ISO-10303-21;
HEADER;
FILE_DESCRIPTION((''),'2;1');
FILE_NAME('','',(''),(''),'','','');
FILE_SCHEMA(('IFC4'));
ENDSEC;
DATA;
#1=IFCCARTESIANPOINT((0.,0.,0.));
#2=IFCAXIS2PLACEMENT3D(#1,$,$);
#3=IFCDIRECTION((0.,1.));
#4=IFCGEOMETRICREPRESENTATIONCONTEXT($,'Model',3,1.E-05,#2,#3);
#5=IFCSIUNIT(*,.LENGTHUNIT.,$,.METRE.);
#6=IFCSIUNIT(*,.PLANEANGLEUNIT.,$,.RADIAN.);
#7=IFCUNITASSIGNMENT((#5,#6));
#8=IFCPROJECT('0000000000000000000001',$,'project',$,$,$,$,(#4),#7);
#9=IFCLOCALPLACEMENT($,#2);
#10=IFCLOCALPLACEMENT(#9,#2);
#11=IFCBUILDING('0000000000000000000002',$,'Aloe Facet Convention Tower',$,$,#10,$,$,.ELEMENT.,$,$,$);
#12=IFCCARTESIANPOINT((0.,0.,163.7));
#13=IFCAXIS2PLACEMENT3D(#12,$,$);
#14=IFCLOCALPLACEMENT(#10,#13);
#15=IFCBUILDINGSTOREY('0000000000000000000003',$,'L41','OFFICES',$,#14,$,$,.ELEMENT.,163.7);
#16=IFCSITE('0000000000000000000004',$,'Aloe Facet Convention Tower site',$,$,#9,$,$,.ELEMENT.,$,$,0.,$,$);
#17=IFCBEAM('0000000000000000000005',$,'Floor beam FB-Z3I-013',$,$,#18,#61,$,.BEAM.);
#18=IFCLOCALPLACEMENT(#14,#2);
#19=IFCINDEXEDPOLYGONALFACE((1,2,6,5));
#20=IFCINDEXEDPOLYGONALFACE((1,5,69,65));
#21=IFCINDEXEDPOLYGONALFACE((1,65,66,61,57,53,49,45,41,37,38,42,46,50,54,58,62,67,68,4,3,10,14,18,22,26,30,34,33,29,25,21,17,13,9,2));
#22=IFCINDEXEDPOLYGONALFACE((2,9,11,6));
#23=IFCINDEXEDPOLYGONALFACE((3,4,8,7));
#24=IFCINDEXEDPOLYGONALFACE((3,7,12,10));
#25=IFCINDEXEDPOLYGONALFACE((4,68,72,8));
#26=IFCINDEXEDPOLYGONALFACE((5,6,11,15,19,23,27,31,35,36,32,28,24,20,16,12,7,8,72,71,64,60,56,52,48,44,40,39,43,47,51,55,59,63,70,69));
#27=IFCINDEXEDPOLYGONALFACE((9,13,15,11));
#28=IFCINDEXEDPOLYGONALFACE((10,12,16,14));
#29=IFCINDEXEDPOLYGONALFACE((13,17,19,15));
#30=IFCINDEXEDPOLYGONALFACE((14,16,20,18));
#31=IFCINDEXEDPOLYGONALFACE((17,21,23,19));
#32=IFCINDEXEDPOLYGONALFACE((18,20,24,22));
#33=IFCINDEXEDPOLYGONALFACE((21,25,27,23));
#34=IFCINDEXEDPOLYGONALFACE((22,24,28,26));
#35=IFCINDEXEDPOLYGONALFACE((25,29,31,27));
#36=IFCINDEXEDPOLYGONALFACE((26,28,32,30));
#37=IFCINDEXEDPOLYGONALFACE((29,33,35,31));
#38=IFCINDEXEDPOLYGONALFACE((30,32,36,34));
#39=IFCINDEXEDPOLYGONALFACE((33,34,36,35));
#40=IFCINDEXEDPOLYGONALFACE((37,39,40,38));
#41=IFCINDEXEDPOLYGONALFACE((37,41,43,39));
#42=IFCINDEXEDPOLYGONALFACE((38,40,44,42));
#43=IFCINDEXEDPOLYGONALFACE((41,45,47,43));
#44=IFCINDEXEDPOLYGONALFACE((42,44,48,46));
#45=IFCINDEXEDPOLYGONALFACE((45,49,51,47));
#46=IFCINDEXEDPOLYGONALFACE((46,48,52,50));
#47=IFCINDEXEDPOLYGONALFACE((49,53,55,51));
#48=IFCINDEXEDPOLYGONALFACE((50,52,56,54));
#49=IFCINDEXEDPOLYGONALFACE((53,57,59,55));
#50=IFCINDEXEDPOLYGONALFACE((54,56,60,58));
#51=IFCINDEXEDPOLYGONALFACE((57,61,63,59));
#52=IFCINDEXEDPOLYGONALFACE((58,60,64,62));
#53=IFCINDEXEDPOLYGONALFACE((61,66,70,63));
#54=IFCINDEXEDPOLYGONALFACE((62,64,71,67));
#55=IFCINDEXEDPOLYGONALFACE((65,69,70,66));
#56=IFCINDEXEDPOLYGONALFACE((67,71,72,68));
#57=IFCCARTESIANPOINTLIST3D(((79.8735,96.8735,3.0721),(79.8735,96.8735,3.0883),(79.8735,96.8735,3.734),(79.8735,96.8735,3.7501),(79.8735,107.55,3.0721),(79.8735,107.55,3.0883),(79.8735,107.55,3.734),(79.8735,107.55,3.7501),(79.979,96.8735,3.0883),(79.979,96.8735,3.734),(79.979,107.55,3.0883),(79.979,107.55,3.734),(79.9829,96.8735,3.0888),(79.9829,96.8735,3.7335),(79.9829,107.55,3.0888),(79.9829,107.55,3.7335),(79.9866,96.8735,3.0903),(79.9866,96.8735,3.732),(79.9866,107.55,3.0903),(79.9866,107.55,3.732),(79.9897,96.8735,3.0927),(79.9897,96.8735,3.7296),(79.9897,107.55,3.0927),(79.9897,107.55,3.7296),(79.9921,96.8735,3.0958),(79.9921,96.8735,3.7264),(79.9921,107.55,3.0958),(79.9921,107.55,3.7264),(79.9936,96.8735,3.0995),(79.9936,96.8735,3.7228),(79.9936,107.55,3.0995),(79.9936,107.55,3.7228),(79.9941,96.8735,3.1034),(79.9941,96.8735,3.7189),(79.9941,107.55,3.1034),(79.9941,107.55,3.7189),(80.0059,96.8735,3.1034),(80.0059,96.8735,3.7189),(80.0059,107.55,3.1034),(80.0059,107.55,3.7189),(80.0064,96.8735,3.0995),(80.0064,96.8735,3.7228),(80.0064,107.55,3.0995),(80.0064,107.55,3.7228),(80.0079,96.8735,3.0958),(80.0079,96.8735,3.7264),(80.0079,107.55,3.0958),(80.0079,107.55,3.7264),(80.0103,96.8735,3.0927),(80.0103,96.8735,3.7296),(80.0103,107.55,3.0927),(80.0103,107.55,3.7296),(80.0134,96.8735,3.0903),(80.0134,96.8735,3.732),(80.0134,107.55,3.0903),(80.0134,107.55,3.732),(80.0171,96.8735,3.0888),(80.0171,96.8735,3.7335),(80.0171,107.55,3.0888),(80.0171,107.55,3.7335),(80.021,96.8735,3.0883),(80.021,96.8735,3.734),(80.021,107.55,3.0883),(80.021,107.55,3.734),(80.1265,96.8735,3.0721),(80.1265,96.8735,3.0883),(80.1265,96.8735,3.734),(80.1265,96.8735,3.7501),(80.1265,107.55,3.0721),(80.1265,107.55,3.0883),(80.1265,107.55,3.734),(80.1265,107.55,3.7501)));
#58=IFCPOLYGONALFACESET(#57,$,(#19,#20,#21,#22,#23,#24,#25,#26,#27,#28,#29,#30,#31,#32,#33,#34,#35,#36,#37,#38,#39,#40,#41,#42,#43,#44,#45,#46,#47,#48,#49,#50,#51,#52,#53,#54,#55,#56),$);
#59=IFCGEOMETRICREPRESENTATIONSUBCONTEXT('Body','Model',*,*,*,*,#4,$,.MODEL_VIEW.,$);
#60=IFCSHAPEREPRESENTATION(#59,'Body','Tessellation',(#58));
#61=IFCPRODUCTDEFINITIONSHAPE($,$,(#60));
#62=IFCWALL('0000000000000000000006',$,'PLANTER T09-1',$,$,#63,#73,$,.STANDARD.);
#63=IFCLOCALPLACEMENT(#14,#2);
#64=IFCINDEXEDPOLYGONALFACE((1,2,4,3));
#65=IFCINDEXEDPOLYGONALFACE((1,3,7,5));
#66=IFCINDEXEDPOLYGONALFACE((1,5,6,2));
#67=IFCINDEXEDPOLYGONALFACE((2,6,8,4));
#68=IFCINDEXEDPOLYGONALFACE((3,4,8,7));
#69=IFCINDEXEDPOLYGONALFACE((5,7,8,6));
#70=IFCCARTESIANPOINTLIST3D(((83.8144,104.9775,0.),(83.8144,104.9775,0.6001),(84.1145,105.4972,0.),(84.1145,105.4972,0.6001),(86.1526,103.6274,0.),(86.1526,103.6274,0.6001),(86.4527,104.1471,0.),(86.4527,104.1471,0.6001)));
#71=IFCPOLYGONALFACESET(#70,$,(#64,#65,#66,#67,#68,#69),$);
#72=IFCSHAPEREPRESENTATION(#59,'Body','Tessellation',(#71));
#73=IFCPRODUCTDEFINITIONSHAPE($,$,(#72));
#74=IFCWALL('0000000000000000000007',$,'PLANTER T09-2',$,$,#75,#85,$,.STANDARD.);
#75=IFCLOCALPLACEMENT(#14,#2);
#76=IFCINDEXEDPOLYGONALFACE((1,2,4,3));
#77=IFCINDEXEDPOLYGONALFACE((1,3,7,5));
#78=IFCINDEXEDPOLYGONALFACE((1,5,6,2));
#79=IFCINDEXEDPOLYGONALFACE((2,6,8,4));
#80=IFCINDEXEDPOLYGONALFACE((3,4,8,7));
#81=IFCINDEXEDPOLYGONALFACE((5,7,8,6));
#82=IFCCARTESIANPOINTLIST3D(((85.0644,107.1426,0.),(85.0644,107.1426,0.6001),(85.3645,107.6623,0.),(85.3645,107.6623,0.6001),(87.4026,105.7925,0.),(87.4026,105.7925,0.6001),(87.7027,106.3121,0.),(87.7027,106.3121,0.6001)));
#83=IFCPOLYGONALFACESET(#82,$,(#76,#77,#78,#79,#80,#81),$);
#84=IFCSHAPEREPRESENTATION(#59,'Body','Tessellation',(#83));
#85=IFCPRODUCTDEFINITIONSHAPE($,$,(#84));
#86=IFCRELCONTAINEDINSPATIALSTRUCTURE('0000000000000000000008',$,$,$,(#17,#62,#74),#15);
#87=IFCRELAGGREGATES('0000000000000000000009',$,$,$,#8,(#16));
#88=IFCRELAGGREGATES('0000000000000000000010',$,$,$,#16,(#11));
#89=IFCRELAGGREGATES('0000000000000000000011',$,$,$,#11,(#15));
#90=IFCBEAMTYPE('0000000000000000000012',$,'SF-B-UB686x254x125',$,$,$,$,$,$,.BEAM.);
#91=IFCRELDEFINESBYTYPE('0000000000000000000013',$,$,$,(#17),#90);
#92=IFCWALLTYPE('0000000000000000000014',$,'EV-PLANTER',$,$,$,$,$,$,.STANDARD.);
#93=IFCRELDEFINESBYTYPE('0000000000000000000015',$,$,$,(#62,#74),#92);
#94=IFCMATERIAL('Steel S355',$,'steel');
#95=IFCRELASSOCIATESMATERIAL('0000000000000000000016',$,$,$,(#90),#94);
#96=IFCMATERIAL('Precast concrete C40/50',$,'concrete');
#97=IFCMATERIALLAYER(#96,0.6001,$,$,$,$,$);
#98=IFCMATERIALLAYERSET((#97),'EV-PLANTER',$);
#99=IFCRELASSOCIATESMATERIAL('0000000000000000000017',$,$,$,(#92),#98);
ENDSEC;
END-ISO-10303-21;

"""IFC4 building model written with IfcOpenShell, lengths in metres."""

from ifc_helpers import new_model, si_unit, direction, frame, frame_2d, origin, origin_2d, place, context, subcontext, project, spatial, rectangle, i_section, extrude, material, layer, layer_set, material_profile, profile_set, type_object, element, save


model = new_model("IFC4")

# Units and contexts
model_context = context("Model", 3, precision=1e-05, world=origin(), true_north=direction((0.0, 1.0)))
body_context = subcontext(model_context, "Body", "Model", "MODEL_VIEW")
ifc_project = project(units=[si_unit("LENGTHUNIT", "METRE"), si_unit("PLANEANGLEUNIT", "RADIAN")], contexts=[model_context])

# Site, building, storey
site_placement = place(None, origin())
site = spatial("IfcSite", under=ifc_project, at=site_placement, Name="Aloe Facet Convention Tower site", CompositionType="ELEMENT", RefElevation=0.0)
building_placement = place(site_placement, origin())
building = spatial("IfcBuilding", under=site, at=building_placement, Name="Aloe Facet Convention Tower", CompositionType="ELEMENT")
storey_placement = place(building_placement, frame((0.0, 0.0, 163.7)))
storey = spatial("IfcBuildingStorey", under=building, at=storey_placement, Name="L41", Description="OFFICES", CompositionType="ELEMENT", Elevation=163.7)

# Beam
ifc_material_1 = material(Name="Steel S355", Category="steel")
ifc_material_profile_1 = material_profile(ifc_material_1, i_section(OverallWidth=0.2529, OverallDepth=0.678, WebThickness=0.0117, FlangeThickness=0.0161, FilletRadius=0.0151, at=origin_2d()), Name="UB 686x254x125")
ifc_profile_set_1 = profile_set([ifc_material_profile_1], Name="Steel S355")
beam_type_1 = type_object("IfcBeamType", Name="SF-B-UB686x254x125", PredefinedType="BEAM", material=ifc_profile_set_1)
beam_1_placement = place(storey_placement, frame((80.0, 107.55, 3.4111), z_axis=(0.0, -1.0, 0.0), x_axis=(1.0, 0.0, 0.0)))
element("IfcBeam", 1, at=beam_1_placement, inside=storey, type_object=beam_type_1, Name="Floor beam FB-Z3I-013", PredefinedType="BEAM", context=body_context, shape_type="SweptSolid", body=[
    extrude(i_section(OverallWidth=0.2529, OverallDepth=0.678, WebThickness=0.0117, FlangeThickness=0.0161, FilletRadius=0.0151, at=origin_2d()), origin(), (0.0, 0.0, 1.0), 10.6765),
])

# Walls
ifc_material_2 = material(Name="Precast concrete C40/50", Category="concrete")
ifc_layer_1 = layer(ifc_material_2, 0.6001)
ifc_layer_set_1 = layer_set([ifc_layer_1], Name="EV-PLANTER")
wall_type_1 = type_object("IfcWallType", Name="EV-PLANTER", PredefinedType="STANDARD", material=ifc_layer_set_1)
for number, where, z_axis, x_axis, name in (
    (2, (86.3027, 103.8872, 0.0), (0.0, 0.0, 1.0), (-0.865997, 0.500049, 0.0), "PLANTER T09-1"),
    (3, (87.5527, 106.0522, 0.0), (0.0, 0.0, 1.0), (-0.865997, 0.500049, 0.0), "PLANTER T09-2"),
):
    element("IfcWall", number, at=place(storey_placement, frame(where, z_axis=z_axis, x_axis=x_axis)), inside=storey, type_object=wall_type_1, Name=name, PredefinedType="STANDARD", context=body_context, shape_type="SweptSolid", body=[
        extrude(rectangle(XDim=2.7, YDim=0.6001, at=frame_2d((1.3501, 0.0))), origin(), (0.0, 0.0, 1.0), 0.6001),
    ])

save(model, "model.ifc")
